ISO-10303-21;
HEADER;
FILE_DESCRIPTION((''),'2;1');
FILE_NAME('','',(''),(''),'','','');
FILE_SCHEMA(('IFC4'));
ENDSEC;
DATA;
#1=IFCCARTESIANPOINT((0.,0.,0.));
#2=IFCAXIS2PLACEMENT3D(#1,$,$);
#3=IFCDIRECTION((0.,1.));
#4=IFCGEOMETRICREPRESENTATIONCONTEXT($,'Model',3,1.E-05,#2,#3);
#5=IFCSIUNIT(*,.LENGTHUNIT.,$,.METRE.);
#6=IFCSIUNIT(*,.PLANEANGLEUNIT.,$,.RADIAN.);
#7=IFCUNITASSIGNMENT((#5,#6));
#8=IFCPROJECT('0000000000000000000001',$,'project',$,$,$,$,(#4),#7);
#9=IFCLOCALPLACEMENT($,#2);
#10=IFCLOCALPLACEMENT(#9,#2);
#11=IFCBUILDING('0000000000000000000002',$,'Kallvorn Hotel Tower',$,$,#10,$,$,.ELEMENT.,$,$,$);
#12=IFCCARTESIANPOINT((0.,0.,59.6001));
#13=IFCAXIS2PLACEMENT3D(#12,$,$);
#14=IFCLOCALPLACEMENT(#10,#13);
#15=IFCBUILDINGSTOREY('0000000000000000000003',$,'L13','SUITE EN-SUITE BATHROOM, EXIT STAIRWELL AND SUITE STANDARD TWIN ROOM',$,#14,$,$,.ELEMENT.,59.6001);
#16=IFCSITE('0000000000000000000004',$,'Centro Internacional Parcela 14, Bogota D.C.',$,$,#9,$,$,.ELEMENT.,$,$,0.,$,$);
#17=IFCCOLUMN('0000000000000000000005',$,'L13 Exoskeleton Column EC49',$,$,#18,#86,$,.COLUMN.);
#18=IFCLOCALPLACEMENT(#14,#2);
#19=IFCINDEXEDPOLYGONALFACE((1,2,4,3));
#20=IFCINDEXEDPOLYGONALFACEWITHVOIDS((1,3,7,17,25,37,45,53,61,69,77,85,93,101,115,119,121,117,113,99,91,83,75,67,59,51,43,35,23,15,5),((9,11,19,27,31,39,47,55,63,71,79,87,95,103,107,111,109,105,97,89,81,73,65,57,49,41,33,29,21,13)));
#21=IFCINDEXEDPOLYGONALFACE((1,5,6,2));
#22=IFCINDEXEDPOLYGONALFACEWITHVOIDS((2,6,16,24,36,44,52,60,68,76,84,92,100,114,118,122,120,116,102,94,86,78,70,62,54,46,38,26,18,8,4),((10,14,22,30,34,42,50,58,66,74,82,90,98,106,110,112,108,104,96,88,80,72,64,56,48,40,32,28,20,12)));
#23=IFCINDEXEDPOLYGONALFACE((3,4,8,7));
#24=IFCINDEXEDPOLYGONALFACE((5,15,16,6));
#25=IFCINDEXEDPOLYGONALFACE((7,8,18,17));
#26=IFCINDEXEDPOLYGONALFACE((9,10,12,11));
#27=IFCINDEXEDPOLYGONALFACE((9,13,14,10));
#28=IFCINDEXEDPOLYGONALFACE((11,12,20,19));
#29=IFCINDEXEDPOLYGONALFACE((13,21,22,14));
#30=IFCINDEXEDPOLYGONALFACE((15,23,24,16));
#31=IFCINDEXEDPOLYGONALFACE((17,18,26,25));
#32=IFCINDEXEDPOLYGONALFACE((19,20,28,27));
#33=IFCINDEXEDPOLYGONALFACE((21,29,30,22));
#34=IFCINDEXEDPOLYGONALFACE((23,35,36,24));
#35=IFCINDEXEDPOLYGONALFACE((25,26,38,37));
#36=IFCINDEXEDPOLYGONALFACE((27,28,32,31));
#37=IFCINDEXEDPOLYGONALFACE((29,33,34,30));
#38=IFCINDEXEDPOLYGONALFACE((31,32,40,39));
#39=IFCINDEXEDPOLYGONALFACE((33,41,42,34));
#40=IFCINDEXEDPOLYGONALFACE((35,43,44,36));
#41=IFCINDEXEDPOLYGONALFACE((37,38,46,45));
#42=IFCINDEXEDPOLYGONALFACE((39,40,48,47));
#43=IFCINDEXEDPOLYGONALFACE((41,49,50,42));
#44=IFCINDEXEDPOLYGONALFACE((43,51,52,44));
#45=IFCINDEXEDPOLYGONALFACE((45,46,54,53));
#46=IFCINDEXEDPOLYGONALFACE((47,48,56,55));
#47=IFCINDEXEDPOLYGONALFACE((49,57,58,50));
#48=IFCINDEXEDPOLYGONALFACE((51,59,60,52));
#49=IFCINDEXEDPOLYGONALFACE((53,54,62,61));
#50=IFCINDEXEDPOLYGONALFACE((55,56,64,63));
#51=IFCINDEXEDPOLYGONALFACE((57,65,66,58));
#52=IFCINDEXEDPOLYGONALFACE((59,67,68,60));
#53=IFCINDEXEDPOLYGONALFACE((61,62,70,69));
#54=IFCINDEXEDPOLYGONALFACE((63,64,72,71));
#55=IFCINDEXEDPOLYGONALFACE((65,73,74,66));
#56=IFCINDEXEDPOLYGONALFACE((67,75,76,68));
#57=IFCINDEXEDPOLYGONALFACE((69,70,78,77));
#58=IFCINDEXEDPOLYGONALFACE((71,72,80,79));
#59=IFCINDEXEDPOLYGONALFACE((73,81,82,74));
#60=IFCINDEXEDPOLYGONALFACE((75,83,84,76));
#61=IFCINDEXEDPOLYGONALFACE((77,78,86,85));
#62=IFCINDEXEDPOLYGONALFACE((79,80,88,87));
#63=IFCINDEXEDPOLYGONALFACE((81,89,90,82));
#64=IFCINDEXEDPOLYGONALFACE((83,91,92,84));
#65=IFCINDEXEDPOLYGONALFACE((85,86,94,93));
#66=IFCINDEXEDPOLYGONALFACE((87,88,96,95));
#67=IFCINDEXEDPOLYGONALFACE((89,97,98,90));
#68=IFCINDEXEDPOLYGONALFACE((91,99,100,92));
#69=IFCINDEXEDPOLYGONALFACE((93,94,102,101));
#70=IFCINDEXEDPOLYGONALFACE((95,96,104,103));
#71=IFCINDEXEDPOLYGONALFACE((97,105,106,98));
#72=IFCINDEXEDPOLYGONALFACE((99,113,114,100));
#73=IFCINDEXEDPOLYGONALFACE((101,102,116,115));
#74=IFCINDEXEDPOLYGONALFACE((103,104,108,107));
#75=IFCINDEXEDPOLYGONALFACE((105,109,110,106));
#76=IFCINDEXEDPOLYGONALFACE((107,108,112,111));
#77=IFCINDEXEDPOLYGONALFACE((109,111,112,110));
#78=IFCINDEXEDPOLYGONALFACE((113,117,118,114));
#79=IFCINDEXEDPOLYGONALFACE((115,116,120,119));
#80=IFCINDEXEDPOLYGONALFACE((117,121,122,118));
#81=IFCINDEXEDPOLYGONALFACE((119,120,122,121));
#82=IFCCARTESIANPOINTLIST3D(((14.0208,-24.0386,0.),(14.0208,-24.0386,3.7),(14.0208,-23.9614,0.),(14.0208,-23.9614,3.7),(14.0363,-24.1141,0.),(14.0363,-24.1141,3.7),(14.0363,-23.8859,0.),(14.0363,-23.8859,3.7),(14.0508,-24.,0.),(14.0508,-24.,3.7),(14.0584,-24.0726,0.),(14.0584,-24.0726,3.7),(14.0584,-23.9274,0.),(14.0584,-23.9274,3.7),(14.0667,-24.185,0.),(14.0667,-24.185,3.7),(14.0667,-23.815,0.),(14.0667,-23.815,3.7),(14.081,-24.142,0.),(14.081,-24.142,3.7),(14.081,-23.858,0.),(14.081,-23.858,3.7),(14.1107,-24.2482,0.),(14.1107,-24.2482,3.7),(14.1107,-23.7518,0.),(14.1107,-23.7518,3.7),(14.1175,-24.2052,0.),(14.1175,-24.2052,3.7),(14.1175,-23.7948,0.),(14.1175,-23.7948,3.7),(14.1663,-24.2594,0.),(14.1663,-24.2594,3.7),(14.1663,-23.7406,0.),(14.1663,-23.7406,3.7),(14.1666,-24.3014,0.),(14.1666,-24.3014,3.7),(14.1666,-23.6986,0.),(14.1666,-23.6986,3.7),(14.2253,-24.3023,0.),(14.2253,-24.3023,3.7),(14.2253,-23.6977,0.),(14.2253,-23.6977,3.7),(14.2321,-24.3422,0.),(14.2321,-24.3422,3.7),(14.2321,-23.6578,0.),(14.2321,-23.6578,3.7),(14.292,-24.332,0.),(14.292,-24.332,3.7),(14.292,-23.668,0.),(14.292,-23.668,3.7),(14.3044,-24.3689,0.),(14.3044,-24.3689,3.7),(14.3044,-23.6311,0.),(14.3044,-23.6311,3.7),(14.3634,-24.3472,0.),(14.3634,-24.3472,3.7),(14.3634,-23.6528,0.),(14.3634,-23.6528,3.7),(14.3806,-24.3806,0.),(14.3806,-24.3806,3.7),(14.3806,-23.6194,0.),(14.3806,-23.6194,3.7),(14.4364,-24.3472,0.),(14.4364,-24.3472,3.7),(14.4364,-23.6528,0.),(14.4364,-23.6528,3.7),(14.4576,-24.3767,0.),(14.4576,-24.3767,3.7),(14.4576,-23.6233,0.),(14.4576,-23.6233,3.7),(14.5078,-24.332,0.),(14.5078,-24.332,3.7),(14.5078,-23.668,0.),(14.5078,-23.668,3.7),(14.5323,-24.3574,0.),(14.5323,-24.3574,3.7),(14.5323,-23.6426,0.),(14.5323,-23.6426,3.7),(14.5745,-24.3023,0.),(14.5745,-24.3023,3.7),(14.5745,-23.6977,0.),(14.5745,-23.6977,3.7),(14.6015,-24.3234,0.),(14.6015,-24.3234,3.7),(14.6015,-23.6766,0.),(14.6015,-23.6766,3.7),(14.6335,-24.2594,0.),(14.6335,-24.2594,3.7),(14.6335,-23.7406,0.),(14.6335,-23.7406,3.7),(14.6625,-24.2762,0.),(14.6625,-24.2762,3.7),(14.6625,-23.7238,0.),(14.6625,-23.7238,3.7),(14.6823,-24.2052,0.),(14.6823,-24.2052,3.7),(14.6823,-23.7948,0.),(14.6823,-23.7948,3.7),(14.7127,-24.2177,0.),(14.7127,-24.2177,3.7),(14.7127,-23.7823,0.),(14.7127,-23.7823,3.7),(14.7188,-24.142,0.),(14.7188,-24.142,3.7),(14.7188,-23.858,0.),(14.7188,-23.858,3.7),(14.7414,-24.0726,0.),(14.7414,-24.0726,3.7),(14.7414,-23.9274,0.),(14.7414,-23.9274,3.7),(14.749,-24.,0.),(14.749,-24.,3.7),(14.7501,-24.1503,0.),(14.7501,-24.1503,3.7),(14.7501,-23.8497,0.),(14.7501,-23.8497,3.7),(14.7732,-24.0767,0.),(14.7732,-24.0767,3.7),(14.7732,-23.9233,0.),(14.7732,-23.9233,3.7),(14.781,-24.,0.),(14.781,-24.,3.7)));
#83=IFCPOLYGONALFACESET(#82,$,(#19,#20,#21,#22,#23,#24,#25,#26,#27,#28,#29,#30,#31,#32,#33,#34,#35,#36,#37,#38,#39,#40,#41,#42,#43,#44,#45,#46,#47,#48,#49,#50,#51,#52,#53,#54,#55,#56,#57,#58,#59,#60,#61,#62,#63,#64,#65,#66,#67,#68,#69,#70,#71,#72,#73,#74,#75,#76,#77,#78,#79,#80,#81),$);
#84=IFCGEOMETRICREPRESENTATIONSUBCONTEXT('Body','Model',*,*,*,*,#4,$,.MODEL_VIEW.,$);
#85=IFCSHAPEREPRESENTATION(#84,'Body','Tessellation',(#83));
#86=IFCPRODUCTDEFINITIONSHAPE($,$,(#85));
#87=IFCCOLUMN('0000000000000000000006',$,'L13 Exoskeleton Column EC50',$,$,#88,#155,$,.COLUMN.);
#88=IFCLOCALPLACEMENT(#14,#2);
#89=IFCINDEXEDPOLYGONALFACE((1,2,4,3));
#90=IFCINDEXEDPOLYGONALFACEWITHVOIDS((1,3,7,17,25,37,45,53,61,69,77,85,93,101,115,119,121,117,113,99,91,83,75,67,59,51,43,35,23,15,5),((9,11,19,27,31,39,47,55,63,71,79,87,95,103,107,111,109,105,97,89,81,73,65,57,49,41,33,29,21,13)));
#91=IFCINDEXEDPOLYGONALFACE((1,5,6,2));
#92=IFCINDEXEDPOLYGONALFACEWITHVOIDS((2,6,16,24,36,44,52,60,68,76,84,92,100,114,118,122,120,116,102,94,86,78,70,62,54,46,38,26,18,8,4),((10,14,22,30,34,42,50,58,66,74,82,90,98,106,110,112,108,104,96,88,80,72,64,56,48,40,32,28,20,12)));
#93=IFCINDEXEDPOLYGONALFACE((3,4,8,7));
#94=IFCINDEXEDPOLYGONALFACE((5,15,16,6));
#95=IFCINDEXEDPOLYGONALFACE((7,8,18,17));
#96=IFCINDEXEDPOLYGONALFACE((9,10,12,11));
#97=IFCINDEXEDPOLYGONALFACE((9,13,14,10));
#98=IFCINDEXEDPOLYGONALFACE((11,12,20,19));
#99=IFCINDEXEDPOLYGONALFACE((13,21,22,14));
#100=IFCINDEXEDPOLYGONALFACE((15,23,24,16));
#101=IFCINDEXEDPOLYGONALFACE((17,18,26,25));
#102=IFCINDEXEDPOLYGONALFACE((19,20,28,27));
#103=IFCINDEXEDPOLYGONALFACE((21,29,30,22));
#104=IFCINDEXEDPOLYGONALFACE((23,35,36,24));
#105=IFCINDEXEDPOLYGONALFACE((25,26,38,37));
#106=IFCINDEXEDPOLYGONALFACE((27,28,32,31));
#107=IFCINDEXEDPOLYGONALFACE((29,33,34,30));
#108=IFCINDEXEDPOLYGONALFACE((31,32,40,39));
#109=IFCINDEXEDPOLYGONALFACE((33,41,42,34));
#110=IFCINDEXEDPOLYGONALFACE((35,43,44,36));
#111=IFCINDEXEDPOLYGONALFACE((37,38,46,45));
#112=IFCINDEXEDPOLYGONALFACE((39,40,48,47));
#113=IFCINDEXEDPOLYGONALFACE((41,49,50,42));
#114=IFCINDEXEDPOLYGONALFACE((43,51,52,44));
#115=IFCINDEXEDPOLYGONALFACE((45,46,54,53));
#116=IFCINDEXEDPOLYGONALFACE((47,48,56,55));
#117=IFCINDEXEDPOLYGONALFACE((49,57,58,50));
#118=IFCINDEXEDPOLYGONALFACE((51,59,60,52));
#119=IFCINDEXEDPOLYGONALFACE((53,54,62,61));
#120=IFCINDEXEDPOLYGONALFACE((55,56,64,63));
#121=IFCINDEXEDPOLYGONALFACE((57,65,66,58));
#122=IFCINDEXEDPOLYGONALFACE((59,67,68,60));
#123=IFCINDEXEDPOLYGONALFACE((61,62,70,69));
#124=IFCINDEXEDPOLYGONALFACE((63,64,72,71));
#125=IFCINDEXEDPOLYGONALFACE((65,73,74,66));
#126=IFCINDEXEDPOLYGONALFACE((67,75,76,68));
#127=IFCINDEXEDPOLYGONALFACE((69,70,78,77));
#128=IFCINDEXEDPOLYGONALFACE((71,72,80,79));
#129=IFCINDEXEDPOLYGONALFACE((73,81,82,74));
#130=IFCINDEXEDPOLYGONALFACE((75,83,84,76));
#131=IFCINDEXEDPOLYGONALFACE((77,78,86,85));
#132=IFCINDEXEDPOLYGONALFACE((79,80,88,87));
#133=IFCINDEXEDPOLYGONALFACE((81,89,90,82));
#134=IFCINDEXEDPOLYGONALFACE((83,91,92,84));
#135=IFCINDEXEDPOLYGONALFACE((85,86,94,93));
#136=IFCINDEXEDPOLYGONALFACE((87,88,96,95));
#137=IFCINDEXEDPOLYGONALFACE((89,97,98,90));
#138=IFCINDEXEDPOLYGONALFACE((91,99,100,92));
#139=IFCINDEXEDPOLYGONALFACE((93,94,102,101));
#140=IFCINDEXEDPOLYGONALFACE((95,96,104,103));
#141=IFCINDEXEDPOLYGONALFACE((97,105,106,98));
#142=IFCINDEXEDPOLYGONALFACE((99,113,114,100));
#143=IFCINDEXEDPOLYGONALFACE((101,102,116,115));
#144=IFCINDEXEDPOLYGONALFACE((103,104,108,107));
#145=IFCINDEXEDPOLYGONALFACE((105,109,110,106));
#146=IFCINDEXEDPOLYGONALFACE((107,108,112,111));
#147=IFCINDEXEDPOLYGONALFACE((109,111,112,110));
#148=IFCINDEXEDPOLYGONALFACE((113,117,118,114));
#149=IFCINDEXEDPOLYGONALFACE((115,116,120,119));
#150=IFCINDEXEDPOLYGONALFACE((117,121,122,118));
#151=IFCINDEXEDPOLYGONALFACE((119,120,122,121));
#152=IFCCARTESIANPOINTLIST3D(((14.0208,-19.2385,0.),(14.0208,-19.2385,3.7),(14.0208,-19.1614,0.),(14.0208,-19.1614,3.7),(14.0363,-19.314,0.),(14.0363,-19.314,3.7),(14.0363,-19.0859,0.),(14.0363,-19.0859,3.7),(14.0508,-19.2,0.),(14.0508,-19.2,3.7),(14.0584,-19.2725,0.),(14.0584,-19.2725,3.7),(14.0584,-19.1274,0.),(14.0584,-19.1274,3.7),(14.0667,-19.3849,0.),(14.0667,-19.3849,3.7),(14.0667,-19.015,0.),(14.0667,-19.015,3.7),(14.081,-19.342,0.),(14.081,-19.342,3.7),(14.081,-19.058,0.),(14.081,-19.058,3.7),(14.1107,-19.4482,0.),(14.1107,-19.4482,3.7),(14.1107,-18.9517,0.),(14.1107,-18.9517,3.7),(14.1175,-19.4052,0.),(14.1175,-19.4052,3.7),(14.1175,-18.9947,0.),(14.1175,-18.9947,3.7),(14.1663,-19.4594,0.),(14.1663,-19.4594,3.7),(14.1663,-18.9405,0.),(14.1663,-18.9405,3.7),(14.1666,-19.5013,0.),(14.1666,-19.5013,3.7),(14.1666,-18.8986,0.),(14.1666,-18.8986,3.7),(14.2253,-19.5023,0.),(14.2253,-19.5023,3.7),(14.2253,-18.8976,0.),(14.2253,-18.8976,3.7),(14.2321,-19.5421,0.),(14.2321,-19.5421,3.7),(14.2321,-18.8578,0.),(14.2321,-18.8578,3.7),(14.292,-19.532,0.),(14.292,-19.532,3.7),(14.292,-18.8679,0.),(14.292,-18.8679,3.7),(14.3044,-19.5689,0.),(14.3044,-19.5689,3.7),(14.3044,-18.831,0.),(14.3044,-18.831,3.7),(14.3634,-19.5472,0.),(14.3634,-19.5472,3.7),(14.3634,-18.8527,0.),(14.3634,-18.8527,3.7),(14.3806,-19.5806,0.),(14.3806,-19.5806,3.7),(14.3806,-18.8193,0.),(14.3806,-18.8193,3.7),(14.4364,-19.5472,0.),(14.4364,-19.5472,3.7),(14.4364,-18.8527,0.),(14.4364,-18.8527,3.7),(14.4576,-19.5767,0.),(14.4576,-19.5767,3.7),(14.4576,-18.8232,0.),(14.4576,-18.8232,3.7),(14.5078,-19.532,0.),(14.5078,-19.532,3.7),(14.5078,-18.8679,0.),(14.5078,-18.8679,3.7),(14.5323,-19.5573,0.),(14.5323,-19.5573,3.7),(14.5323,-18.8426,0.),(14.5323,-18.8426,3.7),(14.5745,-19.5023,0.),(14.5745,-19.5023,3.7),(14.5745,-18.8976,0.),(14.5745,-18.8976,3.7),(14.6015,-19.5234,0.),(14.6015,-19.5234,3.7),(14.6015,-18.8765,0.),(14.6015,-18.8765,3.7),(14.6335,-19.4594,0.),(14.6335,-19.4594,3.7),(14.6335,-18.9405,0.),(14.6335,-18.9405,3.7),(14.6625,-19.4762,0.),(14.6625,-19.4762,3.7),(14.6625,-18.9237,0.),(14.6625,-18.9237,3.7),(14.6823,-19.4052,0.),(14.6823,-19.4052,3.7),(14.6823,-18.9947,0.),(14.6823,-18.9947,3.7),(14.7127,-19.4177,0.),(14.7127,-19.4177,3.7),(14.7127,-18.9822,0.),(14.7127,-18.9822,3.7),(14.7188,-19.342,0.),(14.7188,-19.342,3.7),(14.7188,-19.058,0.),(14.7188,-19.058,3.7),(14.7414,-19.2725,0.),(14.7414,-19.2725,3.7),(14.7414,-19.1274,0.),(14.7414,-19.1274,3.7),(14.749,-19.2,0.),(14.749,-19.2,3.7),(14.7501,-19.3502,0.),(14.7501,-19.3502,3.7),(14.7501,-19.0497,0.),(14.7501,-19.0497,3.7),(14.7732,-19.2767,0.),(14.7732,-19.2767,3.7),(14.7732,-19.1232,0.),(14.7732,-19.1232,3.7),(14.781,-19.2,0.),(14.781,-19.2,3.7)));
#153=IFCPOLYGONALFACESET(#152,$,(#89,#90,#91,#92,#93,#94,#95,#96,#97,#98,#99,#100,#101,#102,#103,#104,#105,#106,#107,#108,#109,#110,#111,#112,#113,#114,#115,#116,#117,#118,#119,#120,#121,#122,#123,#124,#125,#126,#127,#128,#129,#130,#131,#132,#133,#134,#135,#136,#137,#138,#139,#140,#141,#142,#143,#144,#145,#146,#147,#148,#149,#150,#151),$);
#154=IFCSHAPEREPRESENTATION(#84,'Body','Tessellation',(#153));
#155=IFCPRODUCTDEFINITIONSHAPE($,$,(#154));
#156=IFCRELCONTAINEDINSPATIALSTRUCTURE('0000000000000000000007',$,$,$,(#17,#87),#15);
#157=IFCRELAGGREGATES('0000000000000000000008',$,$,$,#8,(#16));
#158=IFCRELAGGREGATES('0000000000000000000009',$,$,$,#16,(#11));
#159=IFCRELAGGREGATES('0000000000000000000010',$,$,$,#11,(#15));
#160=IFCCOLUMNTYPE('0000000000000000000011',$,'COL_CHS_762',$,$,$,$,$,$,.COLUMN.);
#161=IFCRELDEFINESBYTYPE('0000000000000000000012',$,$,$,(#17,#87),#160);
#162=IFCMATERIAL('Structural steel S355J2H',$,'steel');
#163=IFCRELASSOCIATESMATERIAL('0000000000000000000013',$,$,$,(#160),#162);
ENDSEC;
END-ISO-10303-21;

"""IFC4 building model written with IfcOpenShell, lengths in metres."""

from ifc_helpers import new_model, si_unit, direction, frame, origin, origin_2d, place, context, subcontext, project, spatial, hollow_circle, extrude, material, material_profile, profile_set, type_object, element, save


model = new_model("IFC4")

# Units and contexts
model_context = context("Model", 3, precision=1e-05, world=origin(), true_north=direction((0.0, 1.0)))
body_context = subcontext(model_context, "Body", "Model", "MODEL_VIEW")
ifc_project = project(units=[si_unit("LENGTHUNIT", "METRE"), si_unit("PLANEANGLEUNIT", "RADIAN")], contexts=[model_context])

# Site, building, storey
site_placement = place(None, origin())
site = spatial("IfcSite", under=ifc_project, at=site_placement, Name="Centro Internacional Parcela 14, Bogota D.C.", CompositionType="ELEMENT", RefElevation=0.0)
building_placement = place(site_placement, origin())
building = spatial("IfcBuilding", under=site, at=building_placement, Name="Kallvorn Hotel Tower", CompositionType="ELEMENT")
storey_placement = place(building_placement, frame((0.0, 0.0, 59.6001)))
storey = spatial("IfcBuildingStorey", under=building, at=storey_placement, Name="L13", Description="SUITE EN-SUITE BATHROOM, EXIT STAIRWELL AND SUITE STANDARD TWIN ROOM", CompositionType="ELEMENT", Elevation=59.6001)

# Columns
ifc_material_1 = material(Name="Structural steel S355J2H", Category="steel")
ifc_material_profile_1 = material_profile(ifc_material_1, hollow_circle(Radius=0.3811, WallThickness=0.032, at=origin_2d()), Name="CHS 762x32")
ifc_profile_set_1 = profile_set([ifc_material_profile_1], Name="Structural steel S355J2H")
column_type_1 = type_object("IfcColumnType", Name="COL_CHS_762", PredefinedType="COLUMN", material=ifc_profile_set_1)
for number, where, z_axis, x_axis, name in (
    (1, (14.3999, -24.0, 0.0), (0.0, 0.0, 1.0), (1.0, 0.0, 0.0), "L13 Exoskeleton Column EC49"),
    (2, (14.3999, -19.2, 0.0), (0.0, 0.0, 1.0), (1.0, 0.0, 0.0), "L13 Exoskeleton Column EC50"),
):
    element("IfcColumn", number, at=place(storey_placement, frame(where, z_axis=z_axis, x_axis=x_axis)), inside=storey, type_object=column_type_1, Name=name, PredefinedType="COLUMN", context=body_context, shape_type="SweptSolid", body=[
        extrude(hollow_circle(Radius=0.3811, WallThickness=0.032, at=origin_2d()), origin(), (0.0, 0.0, 1.0), 3.7),
    ])

save(model, "model.ifc")
